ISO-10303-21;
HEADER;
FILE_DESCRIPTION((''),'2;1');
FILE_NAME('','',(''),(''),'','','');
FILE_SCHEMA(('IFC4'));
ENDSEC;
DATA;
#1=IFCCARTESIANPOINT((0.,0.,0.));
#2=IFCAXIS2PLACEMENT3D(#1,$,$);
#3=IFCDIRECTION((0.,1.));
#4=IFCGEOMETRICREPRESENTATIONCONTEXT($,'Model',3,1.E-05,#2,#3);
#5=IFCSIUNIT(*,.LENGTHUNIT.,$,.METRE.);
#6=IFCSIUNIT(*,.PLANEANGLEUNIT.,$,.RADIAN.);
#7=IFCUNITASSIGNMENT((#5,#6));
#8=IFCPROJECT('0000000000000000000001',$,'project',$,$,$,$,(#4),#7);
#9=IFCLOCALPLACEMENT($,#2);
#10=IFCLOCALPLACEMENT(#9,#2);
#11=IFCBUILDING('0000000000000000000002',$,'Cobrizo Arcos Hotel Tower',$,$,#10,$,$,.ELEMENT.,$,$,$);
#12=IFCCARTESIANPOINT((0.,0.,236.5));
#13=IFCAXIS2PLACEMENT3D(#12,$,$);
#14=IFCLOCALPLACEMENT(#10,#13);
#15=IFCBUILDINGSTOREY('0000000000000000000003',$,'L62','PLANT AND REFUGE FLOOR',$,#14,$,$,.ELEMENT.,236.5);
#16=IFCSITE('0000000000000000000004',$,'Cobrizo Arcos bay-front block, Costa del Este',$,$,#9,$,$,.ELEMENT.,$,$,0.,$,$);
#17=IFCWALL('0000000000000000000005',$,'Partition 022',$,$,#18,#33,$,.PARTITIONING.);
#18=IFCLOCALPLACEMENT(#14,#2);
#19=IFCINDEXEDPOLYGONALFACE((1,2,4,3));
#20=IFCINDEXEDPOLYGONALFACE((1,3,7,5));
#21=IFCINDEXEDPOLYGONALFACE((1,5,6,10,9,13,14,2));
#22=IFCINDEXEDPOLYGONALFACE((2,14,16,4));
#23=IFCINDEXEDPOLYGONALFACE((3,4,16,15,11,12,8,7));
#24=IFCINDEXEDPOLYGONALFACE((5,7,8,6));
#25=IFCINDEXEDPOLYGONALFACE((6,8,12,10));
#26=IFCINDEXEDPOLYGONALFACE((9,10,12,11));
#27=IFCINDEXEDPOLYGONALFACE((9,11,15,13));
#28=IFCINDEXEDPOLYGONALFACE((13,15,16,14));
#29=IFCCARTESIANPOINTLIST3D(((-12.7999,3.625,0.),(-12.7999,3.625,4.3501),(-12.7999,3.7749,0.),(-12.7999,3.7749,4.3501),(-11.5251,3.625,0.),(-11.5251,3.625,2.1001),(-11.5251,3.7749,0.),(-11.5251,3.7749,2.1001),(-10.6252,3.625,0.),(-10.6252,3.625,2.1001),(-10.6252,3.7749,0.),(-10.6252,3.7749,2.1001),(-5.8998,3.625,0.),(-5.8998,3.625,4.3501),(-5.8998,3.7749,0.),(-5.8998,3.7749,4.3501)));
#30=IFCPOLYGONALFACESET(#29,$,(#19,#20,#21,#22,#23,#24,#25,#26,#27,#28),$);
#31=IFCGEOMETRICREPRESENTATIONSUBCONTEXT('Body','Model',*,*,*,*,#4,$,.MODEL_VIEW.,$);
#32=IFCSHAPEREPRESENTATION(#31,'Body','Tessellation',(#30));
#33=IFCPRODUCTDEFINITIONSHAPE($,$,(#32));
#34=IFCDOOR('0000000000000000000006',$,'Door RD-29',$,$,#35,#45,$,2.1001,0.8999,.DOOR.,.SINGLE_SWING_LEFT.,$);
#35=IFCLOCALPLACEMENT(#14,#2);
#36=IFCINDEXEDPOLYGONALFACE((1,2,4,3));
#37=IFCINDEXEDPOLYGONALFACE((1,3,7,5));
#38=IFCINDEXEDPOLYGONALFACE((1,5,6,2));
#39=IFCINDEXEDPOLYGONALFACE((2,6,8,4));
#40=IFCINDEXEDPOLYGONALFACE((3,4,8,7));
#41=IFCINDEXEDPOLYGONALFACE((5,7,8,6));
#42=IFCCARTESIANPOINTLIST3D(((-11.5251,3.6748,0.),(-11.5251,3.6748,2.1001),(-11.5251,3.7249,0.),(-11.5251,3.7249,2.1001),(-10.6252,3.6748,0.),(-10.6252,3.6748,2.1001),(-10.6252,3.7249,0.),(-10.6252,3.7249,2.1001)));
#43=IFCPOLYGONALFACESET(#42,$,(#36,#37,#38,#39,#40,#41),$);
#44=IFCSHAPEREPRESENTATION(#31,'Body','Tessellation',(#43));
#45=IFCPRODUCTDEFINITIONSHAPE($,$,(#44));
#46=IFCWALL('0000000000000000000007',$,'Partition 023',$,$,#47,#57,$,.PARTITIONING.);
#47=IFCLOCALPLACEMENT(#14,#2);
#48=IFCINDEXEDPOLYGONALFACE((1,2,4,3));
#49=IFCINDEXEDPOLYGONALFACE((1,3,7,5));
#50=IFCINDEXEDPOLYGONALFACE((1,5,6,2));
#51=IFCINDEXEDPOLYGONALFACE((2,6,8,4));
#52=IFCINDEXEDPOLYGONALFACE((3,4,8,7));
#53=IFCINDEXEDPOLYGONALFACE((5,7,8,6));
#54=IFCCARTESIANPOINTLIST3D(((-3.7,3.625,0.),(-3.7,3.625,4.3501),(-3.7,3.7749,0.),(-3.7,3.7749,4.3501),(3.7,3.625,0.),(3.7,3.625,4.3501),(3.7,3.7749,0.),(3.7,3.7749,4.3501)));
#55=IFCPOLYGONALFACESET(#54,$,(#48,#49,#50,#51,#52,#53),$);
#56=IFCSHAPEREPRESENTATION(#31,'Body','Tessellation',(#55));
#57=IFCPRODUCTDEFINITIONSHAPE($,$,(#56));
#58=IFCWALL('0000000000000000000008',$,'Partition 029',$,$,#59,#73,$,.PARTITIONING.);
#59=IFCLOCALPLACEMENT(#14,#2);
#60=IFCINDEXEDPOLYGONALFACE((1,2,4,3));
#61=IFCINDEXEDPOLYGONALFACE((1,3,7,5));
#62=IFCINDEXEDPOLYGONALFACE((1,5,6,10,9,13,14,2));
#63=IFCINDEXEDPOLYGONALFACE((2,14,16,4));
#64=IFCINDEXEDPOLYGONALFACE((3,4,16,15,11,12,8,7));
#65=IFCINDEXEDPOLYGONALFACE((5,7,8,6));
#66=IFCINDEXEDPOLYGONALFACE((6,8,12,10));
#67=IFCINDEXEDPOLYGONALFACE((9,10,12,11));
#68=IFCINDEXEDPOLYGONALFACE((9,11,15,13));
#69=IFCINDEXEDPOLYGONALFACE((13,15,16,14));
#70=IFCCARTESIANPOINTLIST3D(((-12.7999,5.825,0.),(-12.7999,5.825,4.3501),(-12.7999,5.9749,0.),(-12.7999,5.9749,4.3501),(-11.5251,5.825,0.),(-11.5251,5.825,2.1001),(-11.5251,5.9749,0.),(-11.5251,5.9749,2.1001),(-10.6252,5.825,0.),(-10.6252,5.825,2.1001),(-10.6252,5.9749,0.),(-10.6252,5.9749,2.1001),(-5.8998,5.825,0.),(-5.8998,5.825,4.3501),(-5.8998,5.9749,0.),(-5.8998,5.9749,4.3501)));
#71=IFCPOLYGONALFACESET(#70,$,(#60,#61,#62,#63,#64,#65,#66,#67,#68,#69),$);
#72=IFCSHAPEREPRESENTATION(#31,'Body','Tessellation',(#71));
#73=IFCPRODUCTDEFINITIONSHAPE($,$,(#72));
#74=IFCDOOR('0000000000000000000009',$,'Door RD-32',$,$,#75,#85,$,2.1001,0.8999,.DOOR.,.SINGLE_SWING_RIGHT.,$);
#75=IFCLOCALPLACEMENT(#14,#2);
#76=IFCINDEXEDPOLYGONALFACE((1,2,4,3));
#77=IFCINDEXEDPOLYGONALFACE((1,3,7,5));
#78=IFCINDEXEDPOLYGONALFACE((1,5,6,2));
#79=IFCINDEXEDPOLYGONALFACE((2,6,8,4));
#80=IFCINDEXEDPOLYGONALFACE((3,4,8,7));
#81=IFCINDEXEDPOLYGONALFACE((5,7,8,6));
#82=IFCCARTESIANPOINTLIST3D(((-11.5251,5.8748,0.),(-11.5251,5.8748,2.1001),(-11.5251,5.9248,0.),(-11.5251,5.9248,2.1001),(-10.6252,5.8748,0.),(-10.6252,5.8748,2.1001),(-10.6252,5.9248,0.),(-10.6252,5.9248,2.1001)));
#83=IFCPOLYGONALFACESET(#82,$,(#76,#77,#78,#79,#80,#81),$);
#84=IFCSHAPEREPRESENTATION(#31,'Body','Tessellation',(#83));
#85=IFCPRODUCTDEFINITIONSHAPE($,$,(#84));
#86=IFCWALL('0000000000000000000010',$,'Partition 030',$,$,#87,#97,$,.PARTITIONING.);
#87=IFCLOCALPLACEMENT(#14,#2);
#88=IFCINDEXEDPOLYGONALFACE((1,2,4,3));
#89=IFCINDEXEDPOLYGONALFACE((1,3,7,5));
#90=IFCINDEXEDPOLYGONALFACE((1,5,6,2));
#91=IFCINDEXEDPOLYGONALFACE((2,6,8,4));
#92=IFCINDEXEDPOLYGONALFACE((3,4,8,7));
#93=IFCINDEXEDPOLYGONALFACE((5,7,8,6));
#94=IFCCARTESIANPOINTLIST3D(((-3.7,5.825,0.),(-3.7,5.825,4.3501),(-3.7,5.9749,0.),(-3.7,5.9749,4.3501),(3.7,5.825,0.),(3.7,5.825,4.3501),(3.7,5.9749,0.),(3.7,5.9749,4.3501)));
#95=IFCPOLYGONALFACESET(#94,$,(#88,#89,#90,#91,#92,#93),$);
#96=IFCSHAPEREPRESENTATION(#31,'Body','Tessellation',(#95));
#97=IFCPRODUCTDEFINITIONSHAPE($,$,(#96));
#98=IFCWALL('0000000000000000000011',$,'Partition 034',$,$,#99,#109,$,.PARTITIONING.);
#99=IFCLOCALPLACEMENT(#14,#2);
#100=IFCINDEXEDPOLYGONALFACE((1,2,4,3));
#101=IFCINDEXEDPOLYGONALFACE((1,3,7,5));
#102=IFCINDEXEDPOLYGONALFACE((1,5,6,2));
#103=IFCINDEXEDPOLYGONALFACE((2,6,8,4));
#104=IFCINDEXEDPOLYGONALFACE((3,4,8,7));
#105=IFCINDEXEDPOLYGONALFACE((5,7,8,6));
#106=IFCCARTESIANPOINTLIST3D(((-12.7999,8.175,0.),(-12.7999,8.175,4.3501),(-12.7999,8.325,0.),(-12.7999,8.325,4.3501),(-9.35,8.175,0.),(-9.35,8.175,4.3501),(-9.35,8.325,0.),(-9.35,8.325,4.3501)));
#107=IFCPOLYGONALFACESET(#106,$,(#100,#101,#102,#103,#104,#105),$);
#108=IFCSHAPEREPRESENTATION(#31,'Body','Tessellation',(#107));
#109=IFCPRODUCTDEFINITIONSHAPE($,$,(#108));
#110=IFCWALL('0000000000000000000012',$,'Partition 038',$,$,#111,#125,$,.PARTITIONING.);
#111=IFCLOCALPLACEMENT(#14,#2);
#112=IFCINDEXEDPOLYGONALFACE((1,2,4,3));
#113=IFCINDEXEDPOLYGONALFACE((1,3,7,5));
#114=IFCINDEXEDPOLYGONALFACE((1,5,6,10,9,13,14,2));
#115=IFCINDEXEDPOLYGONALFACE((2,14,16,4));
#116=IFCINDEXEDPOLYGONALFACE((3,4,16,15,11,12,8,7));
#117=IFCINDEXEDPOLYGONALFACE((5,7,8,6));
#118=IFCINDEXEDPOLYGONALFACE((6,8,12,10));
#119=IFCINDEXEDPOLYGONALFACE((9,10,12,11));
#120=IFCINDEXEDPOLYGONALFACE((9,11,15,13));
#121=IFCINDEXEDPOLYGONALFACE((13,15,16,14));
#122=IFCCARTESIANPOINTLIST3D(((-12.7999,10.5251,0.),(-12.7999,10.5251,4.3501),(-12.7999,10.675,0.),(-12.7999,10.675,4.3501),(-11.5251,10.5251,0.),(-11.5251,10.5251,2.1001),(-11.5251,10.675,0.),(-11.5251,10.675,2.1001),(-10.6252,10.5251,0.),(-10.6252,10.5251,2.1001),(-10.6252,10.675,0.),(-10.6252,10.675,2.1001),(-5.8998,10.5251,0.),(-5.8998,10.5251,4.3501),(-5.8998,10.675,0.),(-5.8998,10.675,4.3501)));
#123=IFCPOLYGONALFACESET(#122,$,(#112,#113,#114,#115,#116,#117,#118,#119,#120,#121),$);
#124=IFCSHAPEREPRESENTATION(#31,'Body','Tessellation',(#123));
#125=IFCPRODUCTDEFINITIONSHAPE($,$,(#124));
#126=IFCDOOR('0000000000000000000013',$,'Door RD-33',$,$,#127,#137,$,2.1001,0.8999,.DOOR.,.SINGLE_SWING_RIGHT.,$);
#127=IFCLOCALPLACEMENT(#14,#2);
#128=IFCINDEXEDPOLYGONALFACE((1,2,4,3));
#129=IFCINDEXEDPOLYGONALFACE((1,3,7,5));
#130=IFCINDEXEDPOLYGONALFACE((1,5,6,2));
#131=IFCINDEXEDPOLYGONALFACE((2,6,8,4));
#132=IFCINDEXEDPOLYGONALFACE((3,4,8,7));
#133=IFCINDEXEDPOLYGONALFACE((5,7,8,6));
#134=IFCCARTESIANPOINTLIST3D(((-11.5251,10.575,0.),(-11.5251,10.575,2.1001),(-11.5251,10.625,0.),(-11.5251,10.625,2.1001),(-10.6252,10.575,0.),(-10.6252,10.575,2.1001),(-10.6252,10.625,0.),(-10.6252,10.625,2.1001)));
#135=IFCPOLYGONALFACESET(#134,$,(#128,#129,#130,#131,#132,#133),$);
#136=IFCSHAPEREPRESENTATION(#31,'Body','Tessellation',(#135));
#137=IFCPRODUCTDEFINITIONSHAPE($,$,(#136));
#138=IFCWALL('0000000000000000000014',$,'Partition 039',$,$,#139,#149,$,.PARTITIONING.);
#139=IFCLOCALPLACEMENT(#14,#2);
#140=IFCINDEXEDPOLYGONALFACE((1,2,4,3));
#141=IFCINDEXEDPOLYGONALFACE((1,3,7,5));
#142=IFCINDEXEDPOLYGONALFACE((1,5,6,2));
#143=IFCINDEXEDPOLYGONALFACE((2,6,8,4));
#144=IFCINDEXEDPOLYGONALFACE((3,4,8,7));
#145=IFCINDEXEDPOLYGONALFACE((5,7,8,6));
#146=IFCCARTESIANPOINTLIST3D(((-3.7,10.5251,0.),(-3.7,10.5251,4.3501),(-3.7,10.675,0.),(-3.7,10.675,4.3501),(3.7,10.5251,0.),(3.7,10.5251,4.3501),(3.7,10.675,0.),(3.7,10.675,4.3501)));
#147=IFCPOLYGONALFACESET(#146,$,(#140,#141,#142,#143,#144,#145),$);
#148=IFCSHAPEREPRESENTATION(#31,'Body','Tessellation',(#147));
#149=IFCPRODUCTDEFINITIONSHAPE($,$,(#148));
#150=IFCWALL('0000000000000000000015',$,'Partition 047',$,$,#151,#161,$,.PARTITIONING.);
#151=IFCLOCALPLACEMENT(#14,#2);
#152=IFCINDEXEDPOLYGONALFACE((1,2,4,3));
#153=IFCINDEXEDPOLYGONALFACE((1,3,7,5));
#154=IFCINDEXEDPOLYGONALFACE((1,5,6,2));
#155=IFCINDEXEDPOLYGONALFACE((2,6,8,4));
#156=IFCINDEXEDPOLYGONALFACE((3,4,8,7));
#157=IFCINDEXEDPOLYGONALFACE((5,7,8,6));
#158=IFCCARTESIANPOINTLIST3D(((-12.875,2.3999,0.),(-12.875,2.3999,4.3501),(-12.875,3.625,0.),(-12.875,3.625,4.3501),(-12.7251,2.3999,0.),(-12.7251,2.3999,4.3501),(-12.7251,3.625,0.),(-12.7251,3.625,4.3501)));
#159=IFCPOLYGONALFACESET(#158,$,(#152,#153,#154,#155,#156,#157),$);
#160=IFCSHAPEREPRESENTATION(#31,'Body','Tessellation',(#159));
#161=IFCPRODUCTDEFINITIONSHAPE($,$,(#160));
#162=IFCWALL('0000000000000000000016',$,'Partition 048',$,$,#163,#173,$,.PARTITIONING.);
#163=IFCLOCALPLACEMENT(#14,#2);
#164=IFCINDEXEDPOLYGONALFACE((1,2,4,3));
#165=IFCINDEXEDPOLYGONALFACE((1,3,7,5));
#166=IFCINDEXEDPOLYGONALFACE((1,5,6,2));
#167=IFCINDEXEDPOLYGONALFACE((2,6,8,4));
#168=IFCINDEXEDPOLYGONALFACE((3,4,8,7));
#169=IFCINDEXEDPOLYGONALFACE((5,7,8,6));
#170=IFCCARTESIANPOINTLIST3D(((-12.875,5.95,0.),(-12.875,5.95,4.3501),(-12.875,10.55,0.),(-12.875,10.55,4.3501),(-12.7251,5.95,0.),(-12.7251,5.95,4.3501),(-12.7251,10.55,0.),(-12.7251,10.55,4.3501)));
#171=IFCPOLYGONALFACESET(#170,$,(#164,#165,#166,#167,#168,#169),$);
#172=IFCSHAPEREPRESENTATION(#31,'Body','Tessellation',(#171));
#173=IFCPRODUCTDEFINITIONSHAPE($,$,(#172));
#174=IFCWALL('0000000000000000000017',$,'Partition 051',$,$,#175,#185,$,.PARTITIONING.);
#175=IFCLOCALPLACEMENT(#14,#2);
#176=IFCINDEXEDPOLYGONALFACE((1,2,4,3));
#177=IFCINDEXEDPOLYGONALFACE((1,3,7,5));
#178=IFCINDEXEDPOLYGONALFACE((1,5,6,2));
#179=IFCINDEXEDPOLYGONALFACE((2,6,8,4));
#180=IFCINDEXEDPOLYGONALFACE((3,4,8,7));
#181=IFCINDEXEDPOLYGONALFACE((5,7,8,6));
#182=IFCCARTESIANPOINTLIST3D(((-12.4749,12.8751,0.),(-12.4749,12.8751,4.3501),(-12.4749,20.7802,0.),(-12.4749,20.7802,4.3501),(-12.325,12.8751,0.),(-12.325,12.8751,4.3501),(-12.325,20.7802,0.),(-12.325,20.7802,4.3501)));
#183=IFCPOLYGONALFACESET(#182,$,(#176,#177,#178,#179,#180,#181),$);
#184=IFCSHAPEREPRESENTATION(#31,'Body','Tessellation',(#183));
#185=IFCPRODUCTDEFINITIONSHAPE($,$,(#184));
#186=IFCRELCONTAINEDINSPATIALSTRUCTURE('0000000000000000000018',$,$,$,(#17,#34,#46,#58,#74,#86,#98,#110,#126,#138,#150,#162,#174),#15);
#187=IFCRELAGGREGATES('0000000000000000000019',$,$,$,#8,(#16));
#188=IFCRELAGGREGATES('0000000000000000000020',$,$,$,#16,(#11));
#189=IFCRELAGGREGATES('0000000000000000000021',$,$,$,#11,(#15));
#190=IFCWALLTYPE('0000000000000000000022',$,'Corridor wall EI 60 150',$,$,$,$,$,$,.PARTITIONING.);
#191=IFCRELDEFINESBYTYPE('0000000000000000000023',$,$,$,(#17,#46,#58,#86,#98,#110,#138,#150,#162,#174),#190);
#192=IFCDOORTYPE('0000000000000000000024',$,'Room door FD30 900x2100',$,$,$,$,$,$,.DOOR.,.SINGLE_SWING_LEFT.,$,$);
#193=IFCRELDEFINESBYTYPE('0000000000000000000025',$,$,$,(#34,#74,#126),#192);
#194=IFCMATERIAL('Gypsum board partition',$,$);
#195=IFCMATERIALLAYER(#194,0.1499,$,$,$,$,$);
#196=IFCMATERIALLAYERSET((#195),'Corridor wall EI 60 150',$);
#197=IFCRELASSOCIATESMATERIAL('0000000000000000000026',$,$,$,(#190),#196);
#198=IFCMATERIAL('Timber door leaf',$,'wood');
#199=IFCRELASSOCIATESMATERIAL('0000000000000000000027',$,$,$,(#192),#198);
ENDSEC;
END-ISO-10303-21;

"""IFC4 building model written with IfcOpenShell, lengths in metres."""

from ifc_helpers import new_model, si_unit, direction, frame, frame_2d, origin, place, context, subcontext, project, spatial, rectangle, extrude, material, layer, layer_set, type_object, element, fill, save


model = new_model("IFC4")

# Units and contexts
model_context = context("Model", 3, precision=1e-05, world=origin(), true_north=direction((0.0, 1.0)))
body_context = subcontext(model_context, "Body", "Model", "MODEL_VIEW")
ifc_project = project(units=[si_unit("LENGTHUNIT", "METRE"), si_unit("PLANEANGLEUNIT", "RADIAN")], contexts=[model_context])

# Site, building, storey
site_placement = place(None, origin())
site = spatial("IfcSite", under=ifc_project, at=site_placement, Name="Cobrizo Arcos bay-front block, Costa del Este", CompositionType="ELEMENT", RefElevation=0.0)
building_placement = place(site_placement, origin())
building = spatial("IfcBuilding", under=site, at=building_placement, Name="Cobrizo Arcos Hotel Tower", CompositionType="ELEMENT")
storey_placement = place(building_placement, frame((0.0, 0.0, 236.5)))
storey = spatial("IfcBuildingStorey", under=building, at=storey_placement, Name="L62", Description="PLANT AND REFUGE FLOOR", CompositionType="ELEMENT", Elevation=236.5)

# Wall, opening, door
ifc_material_1 = material(Name="Gypsum board partition")
ifc_layer_1 = layer(ifc_material_1, 0.1499)
ifc_layer_set_1 = layer_set([ifc_layer_1], Name="Corridor wall EI 60 150")
wall_type = type_object("IfcWallType", Name="Corridor wall EI 60 150", PredefinedType="PARTITIONING", material=ifc_layer_set_1)
wall_1_placement = place(storey_placement, frame((-12.8, 3.7, 0.0), z_axis=(0.0, 0.0, 1.0), x_axis=(1.0, 0.0, 0.0)))
wall_1 = element("IfcWall", 1, at=wall_1_placement, inside=storey, type_object=wall_type, Name="Partition 022", PredefinedType="PARTITIONING", context=body_context, shape_type="SweptSolid", body=[
    extrude(rectangle(XDim=6.9001, YDim=0.1499, at=frame_2d((3.4502, 0.0))), origin(), (0.0, 0.0, 1.0), 4.3501),
])
opening_1_placement = place(wall_1_placement, frame((1.2749, 0.0, 0.0)))
opening_1 = element("IfcOpeningElement", 2, at=opening_1_placement, cuts=wall_1, PredefinedType="OPENING", context=body_context, shape_type="SweptSolid", body=[
    extrude(rectangle(XDim=0.8999, YDim=2.1001, at=frame_2d((0.45, 1.05))), frame((0.0, 0.0869, 0.0), z_axis=(0.0, -1.0, 0.0), x_axis=(1.0, 0.0, 0.0)), (0.0, 0.0, 1.0), 0.1738),
])
ifc_material_2 = material(Name="Timber door leaf", Category="wood")
door_type = type_object("IfcDoorType", Name="Room door FD30 900x2100", OperationType="SINGLE_SWING_LEFT", PredefinedType="DOOR", material=ifc_material_2)
door_1_placement = place(opening_1_placement, origin())
door_1 = element("IfcDoor", 3, at=door_1_placement, inside=storey, type_object=door_type, Name="Door RD-29", OperationType="SINGLE_SWING_LEFT", OverallHeight=2.1001, OverallWidth=0.8999, PredefinedType="DOOR", context=body_context, shape_type="SweptSolid", body=[
    extrude(rectangle(XDim=0.8999, YDim=2.1001, at=frame_2d((0.45, 1.05))), frame((0.0, 0.0249, 0.0), z_axis=(0.0, -1.0, 0.0), x_axis=(1.0, 0.0, 0.0)), (0.0, 0.0, 1.0), 0.05),
])
fill(opening_1, door_1)

# Wall
wall_2_placement = place(storey_placement, frame((-3.7, 3.7, 0.0), z_axis=(0.0, 0.0, 1.0), x_axis=(1.0, 0.0, 0.0)))
element("IfcWall", 4, at=wall_2_placement, inside=storey, type_object=wall_type, Name="Partition 023", PredefinedType="PARTITIONING", context=body_context, shape_type="SweptSolid", body=[
    extrude(rectangle(XDim=7.3999, YDim=0.1499, at=frame_2d((3.7, 0.0))), origin(), (0.0, 0.0, 1.0), 4.3501),
])

# Wall, opening, door
wall_3_placement = place(storey_placement, frame((-12.8, 5.8999, 0.0), z_axis=(0.0, 0.0, 1.0), x_axis=(1.0, 0.0, 0.0)))
wall_3 = element("IfcWall", 5, at=wall_3_placement, inside=storey, type_object=wall_type, Name="Partition 029", PredefinedType="PARTITIONING", context=body_context, shape_type="SweptSolid", body=[
    extrude(rectangle(XDim=6.9001, YDim=0.1499, at=frame_2d((3.4502, 0.0))), origin(), (0.0, 0.0, 1.0), 4.3501),
])
opening_2_placement = place(wall_3_placement, frame((1.2749, 0.0, 0.0)))
opening_2 = element("IfcOpeningElement", 6, at=opening_2_placement, cuts=wall_3, PredefinedType="OPENING", context=body_context, shape_type="SweptSolid", body=[
    extrude(rectangle(XDim=0.8999, YDim=2.1001, at=frame_2d((0.45, 1.05))), frame((0.0, 0.0869, 0.0), z_axis=(0.0, -1.0, 0.0), x_axis=(1.0, 0.0, 0.0)), (0.0, 0.0, 1.0), 0.1738),
])
door_2_placement = place(opening_2_placement, origin())
door_2 = element("IfcDoor", 7, at=door_2_placement, inside=storey, type_object=door_type, Name="Door RD-32", OperationType="SINGLE_SWING_RIGHT", OverallHeight=2.1001, OverallWidth=0.8999, PredefinedType="DOOR", context=body_context, shape_type="SweptSolid", body=[
    extrude(rectangle(XDim=0.8999, YDim=2.1001, at=frame_2d((0.45, 1.05))), frame((0.0, 0.0249, 0.0), z_axis=(0.0, -1.0, 0.0), x_axis=(1.0, 0.0, 0.0)), (0.0, 0.0, 1.0), 0.05),
])
fill(opening_2, door_2)

# Walls
wall_4_placement = place(storey_placement, frame((-3.7, 5.8999, 0.0), z_axis=(0.0, 0.0, 1.0), x_axis=(1.0, 0.0, 0.0)))
element("IfcWall", 8, at=wall_4_placement, inside=storey, type_object=wall_type, Name="Partition 030", PredefinedType="PARTITIONING", context=body_context, shape_type="SweptSolid", body=[
    extrude(rectangle(XDim=7.3999, YDim=0.1499, at=frame_2d((3.7, 0.0))), origin(), (0.0, 0.0, 1.0), 4.3501),
])
wall_5_placement = place(storey_placement, frame((-12.8, 8.25, 0.0), z_axis=(0.0, 0.0, 1.0), x_axis=(1.0, 0.0, 0.0)))
element("IfcWall", 9, at=wall_5_placement, inside=storey, type_object=wall_type, Name="Partition 034", PredefinedType="PARTITIONING", context=body_context, shape_type="SweptSolid", body=[
    extrude(rectangle(XDim=3.45, YDim=0.1499, at=frame_2d((1.7251, 0.0))), origin(), (0.0, 0.0, 1.0), 4.3501),
])

# Wall, opening, door
wall_6_placement = place(storey_placement, frame((-12.8, 10.6001, 0.0), z_axis=(0.0, 0.0, 1.0), x_axis=(1.0, 0.0, 0.0)))
wall_6 = element("IfcWall", 10, at=wall_6_placement, inside=storey, type_object=wall_type, Name="Partition 038", PredefinedType="PARTITIONING", context=body_context, shape_type="SweptSolid", body=[
    extrude(rectangle(XDim=6.9001, YDim=0.1499, at=frame_2d((3.4502, 0.0))), origin(), (0.0, 0.0, 1.0), 4.3501),
])
opening_3_placement = place(wall_6_placement, frame((1.2749, 0.0, 0.0)))
opening_3 = element("IfcOpeningElement", 11, at=opening_3_placement, cuts=wall_6, PredefinedType="OPENING", context=body_context, shape_type="SweptSolid", body=[
    extrude(rectangle(XDim=0.8999, YDim=2.1001, at=frame_2d((0.45, 1.05))), frame((0.0, 0.0869, 0.0), z_axis=(0.0, -1.0, 0.0), x_axis=(1.0, 0.0, 0.0)), (0.0, 0.0, 1.0), 0.1738),
])
door_3_placement = place(opening_3_placement, origin())
door_3 = element("IfcDoor", 12, at=door_3_placement, inside=storey, type_object=door_type, Name="Door RD-33", OperationType="SINGLE_SWING_RIGHT", OverallHeight=2.1001, OverallWidth=0.8999, PredefinedType="DOOR", context=body_context, shape_type="SweptSolid", body=[
    extrude(rectangle(XDim=0.8999, YDim=2.1001, at=frame_2d((0.45, 1.05))), frame((0.0, 0.0249, 0.0), z_axis=(0.0, -1.0, 0.0), x_axis=(1.0, 0.0, 0.0)), (0.0, 0.0, 1.0), 0.05),
])
fill(opening_3, door_3)

# Walls
wall_7_placement = place(storey_placement, frame((-3.7, 10.6001, 0.0), z_axis=(0.0, 0.0, 1.0), x_axis=(1.0, 0.0, 0.0)))
element("IfcWall", 13, at=wall_7_placement, inside=storey, type_object=wall_type, Name="Partition 039", PredefinedType="PARTITIONING", context=body_context, shape_type="SweptSolid", body=[
    extrude(rectangle(XDim=7.3999, YDim=0.1499, at=frame_2d((3.7, 0.0))), origin(), (0.0, 0.0, 1.0), 4.3501),
])
wall_8_placement = place(storey_placement, frame((-12.8, 2.3999, 0.0), z_axis=(0.0, 0.0, 1.0), x_axis=(0.0, 1.0, 0.0)))
element("IfcWall", 14, at=wall_8_placement, inside=storey, type_object=wall_type, Name="Partition 047", PredefinedType="PARTITIONING", context=body_context, shape_type="SweptSolid", body=[
    extrude(rectangle(XDim=1.2251, YDim=0.1499, at=frame_2d((0.6125, 0.0))), origin(), (0.0, 0.0, 1.0), 4.3501),
])
wall_9_placement = place(storey_placement, frame((-12.8, 5.95, 0.0), z_axis=(0.0, 0.0, 1.0), x_axis=(0.0, 1.0, 0.0)))
element("IfcWall", 15, at=wall_9_placement, inside=storey, type_object=wall_type, Name="Partition 048", PredefinedType="PARTITIONING", context=body_context, shape_type="SweptSolid", body=[
    extrude(rectangle(XDim=4.6001, YDim=0.1499, at=frame_2d((2.3, 0.0))), origin(), (0.0, 0.0, 1.0), 4.3501),
])
wall_10_placement = place(storey_placement, frame((-12.3999, 12.875, 0.0), z_axis=(0.0, 0.0, 1.0), x_axis=(0.0, 1.0, 0.0)))
element("IfcWall", 16, at=wall_10_placement, inside=storey, type_object=wall_type, Name="Partition 051", PredefinedType="PARTITIONING", context=body_context, shape_type="SweptSolid", body=[
    extrude(rectangle(XDim=7.905, YDim=0.1499, at=frame_2d((3.9526, 0.0))), origin(), (0.0, 0.0, 1.0), 4.3501),
])

save(model, "model.ifc")
